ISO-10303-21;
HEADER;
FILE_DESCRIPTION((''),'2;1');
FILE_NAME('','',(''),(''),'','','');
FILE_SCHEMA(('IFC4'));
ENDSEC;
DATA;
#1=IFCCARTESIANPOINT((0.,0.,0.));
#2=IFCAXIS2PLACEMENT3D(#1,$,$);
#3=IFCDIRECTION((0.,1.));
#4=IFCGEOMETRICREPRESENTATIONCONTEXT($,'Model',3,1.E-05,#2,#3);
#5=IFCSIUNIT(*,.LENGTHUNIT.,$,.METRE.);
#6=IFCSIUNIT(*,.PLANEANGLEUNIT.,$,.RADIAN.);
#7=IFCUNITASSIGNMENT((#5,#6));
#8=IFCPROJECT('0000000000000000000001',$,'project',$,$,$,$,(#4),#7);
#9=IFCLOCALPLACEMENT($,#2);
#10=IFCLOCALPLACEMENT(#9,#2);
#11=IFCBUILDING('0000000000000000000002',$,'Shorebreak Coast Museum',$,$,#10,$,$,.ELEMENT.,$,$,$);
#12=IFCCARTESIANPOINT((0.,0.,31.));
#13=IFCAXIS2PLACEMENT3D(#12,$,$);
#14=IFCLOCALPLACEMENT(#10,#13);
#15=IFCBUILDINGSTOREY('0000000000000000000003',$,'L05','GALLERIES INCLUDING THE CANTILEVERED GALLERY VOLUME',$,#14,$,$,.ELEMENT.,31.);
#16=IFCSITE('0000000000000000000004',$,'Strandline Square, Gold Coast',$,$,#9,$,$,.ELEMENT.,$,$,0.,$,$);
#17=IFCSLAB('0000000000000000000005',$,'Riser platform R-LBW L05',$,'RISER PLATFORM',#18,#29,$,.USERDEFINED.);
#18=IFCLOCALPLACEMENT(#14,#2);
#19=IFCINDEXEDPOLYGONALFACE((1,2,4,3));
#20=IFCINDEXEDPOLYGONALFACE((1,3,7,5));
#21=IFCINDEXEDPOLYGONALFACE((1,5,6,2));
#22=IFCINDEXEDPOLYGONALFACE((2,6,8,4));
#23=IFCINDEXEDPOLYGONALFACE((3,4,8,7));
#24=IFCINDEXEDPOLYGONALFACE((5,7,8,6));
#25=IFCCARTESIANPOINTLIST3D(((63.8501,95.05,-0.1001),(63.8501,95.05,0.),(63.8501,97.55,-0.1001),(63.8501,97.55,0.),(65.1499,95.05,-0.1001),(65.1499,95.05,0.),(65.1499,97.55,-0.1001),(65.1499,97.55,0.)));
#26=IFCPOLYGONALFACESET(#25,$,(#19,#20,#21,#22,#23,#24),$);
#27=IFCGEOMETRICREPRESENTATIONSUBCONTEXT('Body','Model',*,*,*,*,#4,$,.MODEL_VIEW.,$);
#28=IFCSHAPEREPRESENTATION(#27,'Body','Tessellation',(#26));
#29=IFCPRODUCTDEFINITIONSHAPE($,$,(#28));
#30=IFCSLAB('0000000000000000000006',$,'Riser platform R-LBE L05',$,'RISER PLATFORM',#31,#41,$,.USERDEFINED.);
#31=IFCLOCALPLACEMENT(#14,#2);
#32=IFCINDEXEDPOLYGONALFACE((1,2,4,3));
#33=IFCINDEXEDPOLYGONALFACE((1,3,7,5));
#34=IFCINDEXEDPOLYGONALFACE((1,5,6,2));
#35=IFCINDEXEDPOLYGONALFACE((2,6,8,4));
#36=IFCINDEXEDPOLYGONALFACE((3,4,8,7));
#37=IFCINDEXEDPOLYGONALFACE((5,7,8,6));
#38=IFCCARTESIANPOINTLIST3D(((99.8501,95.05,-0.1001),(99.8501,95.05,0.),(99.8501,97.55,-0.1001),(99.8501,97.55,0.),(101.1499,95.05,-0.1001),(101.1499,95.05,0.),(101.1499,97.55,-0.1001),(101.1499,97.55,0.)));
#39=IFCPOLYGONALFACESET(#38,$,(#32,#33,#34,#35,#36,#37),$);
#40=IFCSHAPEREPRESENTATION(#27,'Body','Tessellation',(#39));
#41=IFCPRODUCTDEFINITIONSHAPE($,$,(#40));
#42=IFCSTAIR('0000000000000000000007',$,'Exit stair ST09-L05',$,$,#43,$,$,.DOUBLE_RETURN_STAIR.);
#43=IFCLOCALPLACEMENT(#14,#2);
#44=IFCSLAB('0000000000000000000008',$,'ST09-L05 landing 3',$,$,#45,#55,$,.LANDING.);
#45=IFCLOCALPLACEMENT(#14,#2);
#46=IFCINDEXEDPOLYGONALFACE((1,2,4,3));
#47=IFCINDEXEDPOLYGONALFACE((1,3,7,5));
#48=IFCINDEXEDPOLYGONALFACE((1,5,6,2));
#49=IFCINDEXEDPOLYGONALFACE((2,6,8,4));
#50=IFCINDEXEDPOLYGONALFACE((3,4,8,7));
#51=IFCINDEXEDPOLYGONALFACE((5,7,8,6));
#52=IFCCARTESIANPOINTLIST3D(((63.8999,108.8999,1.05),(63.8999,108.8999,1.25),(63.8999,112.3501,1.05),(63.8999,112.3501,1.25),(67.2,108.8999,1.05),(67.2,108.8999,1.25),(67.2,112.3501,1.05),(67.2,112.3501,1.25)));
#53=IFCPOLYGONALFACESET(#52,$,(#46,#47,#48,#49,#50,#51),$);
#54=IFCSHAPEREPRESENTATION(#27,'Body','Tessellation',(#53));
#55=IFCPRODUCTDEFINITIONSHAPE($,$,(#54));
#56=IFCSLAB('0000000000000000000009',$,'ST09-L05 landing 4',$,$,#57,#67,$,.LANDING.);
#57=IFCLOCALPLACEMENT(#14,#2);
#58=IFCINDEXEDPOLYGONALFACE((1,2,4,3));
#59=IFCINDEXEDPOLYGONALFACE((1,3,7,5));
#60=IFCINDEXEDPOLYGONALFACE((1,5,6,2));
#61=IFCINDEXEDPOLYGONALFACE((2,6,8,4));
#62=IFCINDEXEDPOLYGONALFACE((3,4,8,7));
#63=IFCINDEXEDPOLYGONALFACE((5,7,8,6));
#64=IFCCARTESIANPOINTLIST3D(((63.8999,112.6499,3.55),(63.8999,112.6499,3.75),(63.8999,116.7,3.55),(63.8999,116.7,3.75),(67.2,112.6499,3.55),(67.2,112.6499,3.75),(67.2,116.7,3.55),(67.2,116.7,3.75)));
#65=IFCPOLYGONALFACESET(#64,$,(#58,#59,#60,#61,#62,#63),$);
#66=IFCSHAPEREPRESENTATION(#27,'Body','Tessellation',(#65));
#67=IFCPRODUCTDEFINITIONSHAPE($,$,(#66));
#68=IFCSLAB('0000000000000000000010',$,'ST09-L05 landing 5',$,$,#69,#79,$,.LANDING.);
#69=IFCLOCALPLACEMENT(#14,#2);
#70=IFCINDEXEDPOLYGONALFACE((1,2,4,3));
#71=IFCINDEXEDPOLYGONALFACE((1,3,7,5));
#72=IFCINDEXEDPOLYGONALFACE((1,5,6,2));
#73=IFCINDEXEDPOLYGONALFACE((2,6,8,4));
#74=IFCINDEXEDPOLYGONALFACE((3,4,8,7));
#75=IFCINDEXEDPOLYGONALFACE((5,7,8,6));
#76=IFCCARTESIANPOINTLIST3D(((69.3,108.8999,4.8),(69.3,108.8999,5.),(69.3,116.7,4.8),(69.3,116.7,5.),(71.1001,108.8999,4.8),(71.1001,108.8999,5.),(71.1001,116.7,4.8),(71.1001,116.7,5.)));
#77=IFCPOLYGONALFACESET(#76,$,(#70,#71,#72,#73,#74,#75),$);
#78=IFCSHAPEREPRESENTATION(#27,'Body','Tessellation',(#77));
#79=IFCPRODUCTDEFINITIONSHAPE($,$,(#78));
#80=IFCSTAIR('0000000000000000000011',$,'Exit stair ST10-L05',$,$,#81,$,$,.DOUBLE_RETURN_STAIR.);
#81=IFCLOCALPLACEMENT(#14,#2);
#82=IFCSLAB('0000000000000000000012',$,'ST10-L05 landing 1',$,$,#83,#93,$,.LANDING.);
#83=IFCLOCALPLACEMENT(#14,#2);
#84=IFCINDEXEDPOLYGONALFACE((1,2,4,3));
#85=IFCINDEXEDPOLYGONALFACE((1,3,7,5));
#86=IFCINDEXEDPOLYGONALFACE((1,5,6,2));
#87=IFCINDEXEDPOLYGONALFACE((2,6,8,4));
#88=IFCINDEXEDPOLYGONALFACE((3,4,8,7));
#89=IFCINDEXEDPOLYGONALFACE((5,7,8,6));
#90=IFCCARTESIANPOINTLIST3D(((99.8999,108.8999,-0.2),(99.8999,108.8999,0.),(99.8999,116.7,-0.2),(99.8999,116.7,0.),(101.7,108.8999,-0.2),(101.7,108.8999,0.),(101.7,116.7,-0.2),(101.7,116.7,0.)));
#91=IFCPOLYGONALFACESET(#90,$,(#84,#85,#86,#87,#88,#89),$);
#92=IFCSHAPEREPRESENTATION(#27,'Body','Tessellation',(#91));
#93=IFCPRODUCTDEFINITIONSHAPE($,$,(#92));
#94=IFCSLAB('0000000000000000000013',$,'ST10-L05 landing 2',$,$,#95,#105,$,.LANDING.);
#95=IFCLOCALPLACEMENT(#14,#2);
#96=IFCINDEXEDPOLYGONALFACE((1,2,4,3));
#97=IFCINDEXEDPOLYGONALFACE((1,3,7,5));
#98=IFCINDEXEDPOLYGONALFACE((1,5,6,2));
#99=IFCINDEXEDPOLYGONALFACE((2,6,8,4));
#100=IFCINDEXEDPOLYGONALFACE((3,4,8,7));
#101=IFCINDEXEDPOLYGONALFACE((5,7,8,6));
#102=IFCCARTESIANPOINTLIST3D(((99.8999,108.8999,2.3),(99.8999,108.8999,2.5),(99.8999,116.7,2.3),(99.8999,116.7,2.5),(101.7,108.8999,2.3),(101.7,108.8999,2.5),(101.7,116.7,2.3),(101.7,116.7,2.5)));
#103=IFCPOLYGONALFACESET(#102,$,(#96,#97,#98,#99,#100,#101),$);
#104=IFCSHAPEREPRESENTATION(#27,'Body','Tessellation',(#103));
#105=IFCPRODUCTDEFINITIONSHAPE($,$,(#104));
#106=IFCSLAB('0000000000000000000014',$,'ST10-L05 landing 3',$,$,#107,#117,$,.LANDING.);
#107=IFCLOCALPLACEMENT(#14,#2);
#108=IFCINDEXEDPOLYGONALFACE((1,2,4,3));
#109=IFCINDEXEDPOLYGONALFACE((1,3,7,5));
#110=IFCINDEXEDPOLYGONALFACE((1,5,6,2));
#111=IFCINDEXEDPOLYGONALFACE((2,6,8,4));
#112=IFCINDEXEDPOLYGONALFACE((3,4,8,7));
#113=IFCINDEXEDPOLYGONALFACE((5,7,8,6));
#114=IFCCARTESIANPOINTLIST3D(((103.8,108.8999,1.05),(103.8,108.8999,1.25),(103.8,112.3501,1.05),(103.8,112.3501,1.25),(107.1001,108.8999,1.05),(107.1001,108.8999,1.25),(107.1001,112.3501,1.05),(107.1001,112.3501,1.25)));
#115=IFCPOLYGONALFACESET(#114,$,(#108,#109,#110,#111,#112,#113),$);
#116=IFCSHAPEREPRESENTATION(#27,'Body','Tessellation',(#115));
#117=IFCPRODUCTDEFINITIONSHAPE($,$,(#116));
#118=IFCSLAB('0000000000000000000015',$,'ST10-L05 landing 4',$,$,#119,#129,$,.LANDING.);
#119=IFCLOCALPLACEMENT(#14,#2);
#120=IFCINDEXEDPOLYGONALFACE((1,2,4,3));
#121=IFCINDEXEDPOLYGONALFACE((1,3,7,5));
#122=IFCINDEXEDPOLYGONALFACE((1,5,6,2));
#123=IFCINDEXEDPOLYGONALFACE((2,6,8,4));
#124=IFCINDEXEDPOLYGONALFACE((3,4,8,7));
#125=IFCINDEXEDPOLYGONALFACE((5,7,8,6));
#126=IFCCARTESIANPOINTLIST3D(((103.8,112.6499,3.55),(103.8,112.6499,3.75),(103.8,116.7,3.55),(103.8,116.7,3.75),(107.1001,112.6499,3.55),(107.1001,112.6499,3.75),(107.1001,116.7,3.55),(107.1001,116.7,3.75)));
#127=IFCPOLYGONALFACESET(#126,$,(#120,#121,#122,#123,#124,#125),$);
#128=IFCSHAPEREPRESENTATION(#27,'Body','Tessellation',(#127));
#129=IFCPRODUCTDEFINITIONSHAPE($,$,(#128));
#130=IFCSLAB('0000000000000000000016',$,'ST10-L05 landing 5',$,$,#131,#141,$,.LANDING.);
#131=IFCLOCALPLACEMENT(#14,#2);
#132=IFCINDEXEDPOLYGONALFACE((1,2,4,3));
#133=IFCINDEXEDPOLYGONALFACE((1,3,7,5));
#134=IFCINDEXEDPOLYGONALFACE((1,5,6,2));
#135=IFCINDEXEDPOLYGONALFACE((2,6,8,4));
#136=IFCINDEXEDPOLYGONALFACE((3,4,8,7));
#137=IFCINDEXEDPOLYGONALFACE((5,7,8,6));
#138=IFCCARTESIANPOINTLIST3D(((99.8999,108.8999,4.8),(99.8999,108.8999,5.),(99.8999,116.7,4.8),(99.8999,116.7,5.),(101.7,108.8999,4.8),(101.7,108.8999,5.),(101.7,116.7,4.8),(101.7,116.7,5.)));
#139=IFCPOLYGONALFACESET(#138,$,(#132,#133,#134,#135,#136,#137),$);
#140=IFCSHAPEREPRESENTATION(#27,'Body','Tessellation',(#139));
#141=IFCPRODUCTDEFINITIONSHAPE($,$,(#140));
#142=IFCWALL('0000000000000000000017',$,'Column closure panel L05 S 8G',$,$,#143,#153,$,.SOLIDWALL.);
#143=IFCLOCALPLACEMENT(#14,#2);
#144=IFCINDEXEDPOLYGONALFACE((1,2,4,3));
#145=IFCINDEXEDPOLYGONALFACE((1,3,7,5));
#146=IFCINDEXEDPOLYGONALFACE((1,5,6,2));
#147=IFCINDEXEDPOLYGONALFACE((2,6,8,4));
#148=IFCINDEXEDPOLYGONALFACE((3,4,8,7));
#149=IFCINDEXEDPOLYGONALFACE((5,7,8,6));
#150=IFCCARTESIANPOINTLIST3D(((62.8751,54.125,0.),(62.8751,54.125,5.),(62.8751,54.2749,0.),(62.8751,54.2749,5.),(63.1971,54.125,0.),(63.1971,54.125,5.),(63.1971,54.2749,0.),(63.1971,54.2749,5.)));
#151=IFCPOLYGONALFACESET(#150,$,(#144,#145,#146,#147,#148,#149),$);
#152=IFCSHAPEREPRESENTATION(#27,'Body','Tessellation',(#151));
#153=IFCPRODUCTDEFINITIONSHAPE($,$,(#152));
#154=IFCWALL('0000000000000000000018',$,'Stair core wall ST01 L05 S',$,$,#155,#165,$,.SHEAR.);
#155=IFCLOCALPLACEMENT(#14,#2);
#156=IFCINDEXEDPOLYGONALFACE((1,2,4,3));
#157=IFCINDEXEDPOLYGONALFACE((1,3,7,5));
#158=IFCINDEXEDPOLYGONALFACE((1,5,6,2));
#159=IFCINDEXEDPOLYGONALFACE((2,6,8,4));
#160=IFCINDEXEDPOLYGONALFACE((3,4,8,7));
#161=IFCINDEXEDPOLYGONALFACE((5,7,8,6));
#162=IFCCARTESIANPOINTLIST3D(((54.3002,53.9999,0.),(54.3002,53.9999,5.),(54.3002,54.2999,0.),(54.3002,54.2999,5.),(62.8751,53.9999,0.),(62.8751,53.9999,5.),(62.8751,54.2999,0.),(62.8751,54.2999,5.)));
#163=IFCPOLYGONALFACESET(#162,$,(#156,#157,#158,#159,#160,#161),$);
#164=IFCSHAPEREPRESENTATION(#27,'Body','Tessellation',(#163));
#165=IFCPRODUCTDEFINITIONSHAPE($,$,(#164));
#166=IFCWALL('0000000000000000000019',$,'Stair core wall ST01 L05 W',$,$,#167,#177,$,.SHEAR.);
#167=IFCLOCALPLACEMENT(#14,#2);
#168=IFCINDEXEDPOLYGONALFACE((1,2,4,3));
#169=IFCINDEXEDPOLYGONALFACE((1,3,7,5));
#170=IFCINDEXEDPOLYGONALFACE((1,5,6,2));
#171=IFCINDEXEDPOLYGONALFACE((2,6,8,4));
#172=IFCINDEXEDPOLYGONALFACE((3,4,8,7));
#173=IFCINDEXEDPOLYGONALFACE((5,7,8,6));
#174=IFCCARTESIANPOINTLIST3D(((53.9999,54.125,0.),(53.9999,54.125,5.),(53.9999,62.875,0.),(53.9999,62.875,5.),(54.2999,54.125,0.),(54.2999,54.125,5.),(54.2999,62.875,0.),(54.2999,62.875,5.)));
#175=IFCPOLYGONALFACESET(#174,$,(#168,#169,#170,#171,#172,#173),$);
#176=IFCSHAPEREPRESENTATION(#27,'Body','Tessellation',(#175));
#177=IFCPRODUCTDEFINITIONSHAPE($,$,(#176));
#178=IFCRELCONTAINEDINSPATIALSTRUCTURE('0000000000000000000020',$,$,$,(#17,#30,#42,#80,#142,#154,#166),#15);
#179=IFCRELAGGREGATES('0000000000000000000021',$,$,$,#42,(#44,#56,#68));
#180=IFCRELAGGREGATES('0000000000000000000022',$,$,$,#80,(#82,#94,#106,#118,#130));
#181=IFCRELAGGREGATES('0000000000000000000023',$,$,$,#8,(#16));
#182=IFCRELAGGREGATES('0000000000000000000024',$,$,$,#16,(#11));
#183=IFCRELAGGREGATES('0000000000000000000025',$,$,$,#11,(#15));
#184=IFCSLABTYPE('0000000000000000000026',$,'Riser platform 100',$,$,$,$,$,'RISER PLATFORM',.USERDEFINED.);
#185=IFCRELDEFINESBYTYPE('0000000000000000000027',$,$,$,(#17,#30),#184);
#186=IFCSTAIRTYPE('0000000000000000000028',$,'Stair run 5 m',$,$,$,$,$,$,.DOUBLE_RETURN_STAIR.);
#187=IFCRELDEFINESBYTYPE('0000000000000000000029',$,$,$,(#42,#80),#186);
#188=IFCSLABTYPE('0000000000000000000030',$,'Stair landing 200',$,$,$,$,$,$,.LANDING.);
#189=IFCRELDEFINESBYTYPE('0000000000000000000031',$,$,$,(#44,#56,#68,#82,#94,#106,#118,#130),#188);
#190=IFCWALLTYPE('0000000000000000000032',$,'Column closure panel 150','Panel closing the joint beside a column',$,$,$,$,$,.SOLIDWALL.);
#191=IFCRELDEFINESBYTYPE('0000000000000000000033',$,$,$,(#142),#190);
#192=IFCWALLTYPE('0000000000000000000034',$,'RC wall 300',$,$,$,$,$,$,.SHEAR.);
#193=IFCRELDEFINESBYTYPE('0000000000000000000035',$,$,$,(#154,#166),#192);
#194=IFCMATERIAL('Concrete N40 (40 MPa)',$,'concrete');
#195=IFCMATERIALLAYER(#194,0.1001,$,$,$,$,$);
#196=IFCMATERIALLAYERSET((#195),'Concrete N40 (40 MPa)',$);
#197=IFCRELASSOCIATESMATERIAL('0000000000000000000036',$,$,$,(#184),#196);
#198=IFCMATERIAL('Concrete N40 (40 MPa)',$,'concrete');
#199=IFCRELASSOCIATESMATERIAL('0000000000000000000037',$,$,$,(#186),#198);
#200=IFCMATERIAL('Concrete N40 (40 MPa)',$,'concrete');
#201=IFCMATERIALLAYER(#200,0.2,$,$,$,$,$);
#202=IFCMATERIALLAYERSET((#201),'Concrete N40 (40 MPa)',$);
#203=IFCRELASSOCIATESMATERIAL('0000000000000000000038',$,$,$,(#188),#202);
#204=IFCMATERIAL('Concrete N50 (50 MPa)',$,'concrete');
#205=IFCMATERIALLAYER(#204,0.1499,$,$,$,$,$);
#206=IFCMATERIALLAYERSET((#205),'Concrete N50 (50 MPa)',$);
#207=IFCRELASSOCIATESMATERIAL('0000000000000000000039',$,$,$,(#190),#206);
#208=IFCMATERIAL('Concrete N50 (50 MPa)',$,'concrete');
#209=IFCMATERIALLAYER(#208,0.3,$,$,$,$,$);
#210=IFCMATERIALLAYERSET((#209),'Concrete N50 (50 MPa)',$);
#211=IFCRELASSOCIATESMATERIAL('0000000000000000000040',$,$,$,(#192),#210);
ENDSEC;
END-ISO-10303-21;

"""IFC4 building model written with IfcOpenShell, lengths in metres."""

from ifc_helpers import new_model, si_unit, direction, frame, frame_2d, origin, place, context, subcontext, project, spatial, polyline, rectangle, outline, extrude, material, layer, layer_set, type_object, element, aggregate, save


model = new_model("IFC4")

# Units and contexts
model_context = context("Model", 3, precision=1e-05, world=origin(), true_north=direction((0.0, 1.0)))
body_context = subcontext(model_context, "Body", "Model", "MODEL_VIEW")
ifc_project = project(units=[si_unit("LENGTHUNIT", "METRE"), si_unit("PLANEANGLEUNIT", "RADIAN")], contexts=[model_context])

# Site, building, storey
site_placement = place(None, origin())
site = spatial("IfcSite", under=ifc_project, at=site_placement, Name="Strandline Square, Gold Coast", CompositionType="ELEMENT", RefElevation=0.0)
building_placement = place(site_placement, origin())
building = spatial("IfcBuilding", under=site, at=building_placement, Name="Shorebreak Coast Museum", CompositionType="ELEMENT")
storey_placement = place(building_placement, frame((0.0, 0.0, 31.0)))
storey = spatial("IfcBuildingStorey", under=building, at=storey_placement, Name="L05", Description="GALLERIES INCLUDING THE CANTILEVERED GALLERY VOLUME", CompositionType="ELEMENT", Elevation=31.0)

# Slabs
ifc_material_1 = material(Name="Concrete N40 (40 MPa)", Category="concrete")
ifc_layer_1 = layer(ifc_material_1, 0.1001)
ifc_layer_set_1 = layer_set([ifc_layer_1], Name="Concrete N40 (40 MPa)")
slab_type_1 = type_object("IfcSlabType", Name="Riser platform 100", ElementType="RISER PLATFORM", PredefinedType="USERDEFINED", material=ifc_layer_set_1)
slab_1_placement = place(storey_placement, frame((0.0, 0.0, -0.1001)))
element("IfcSlab", 1, at=slab_1_placement, inside=storey, type_object=slab_type_1, Name="Riser platform R-LBW L05", ObjectType="RISER PLATFORM", PredefinedType="USERDEFINED", context=body_context, shape_type="SweptSolid", body=[
    extrude(outline(polyline([(63.8501, 95.05), (65.1499, 95.05), (65.1499, 97.55), (63.8501, 97.55), (63.8501, 95.05)])), origin(), (0.0, 0.0, 1.0), 0.1001),
])
slab_2_placement = place(storey_placement, frame((0.0, 0.0, -0.1001)))
element("IfcSlab", 2, at=slab_2_placement, inside=storey, type_object=slab_type_1, Name="Riser platform R-LBE L05", ObjectType="RISER PLATFORM", PredefinedType="USERDEFINED", context=body_context, shape_type="SweptSolid", body=[
    extrude(outline(polyline([(99.8501, 95.05), (101.1499, 95.05), (101.1499, 97.55), (99.8501, 97.55), (99.8501, 95.05)])), origin(), (0.0, 0.0, 1.0), 0.1001),
])

# Stairs, slabs
ifc_material_2 = material(Name="Concrete N40 (40 MPa)", Category="concrete")
stair_type = type_object("IfcStairType", Name="Stair run 5 m", PredefinedType="DOUBLE_RETURN_STAIR", material=ifc_material_2)
stair_1_placement = place(storey_placement, origin())
stair_1 = element("IfcStair", 3, at=stair_1_placement, inside=storey, type_object=stair_type, Name="Exit stair ST09-L05", PredefinedType="DOUBLE_RETURN_STAIR")
ifc_material_3 = material(Name="Concrete N40 (40 MPa)", Category="concrete")
ifc_layer_2 = layer(ifc_material_3, 0.2)
ifc_layer_set_2 = layer_set([ifc_layer_2], Name="Concrete N40 (40 MPa)")
slab_type_2 = type_object("IfcSlabType", Name="Stair landing 200", PredefinedType="LANDING", material=ifc_layer_set_2)
slab_3_placement = place(storey_placement, frame((0.0, 0.0, 1.05)))
slab_3 = element("IfcSlab", 4, at=slab_3_placement, type_object=slab_type_2, Name="ST09-L05 landing 3", PredefinedType="LANDING", context=body_context, shape_type="SweptSolid", body=[
    extrude(outline(polyline([(63.8999, 108.8999), (67.2, 108.8999), (67.2, 112.3501), (63.8999, 112.3501), (63.8999, 108.8999)])), origin(), (0.0, 0.0, 1.0), 0.2),
])
slab_4_placement = place(storey_placement, frame((0.0, 0.0, 3.55)))
slab_4 = element("IfcSlab", 5, at=slab_4_placement, type_object=slab_type_2, Name="ST09-L05 landing 4", PredefinedType="LANDING", context=body_context, shape_type="SweptSolid", body=[
    extrude(outline(polyline([(63.8999, 112.6499), (67.2, 112.6499), (67.2, 116.7), (63.8999, 116.7), (63.8999, 112.6499)])), origin(), (0.0, 0.0, 1.0), 0.2),
])
slab_5_placement = place(storey_placement, frame((0.0, 0.0, 4.8)))
slab_5 = element("IfcSlab", 6, at=slab_5_placement, type_object=slab_type_2, Name="ST09-L05 landing 5", PredefinedType="LANDING", context=body_context, shape_type="SweptSolid", body=[
    extrude(outline(polyline([(69.3, 108.8999), (71.1001, 108.8999), (71.1001, 116.7), (69.3, 116.7), (69.3, 108.8999)])), origin(), (0.0, 0.0, 1.0), 0.2),
])
aggregate(stair_1, [slab_3, slab_4, slab_5])
stair_2_placement = place(storey_placement, origin())
stair_2 = element("IfcStair", 7, at=stair_2_placement, inside=storey, type_object=stair_type, Name="Exit stair ST10-L05", PredefinedType="DOUBLE_RETURN_STAIR")
slab_6_placement = place(storey_placement, frame((0.0, 0.0, -0.2)))
slab_6 = element("IfcSlab", 8, at=slab_6_placement, type_object=slab_type_2, Name="ST10-L05 landing 1", PredefinedType="LANDING", context=body_context, shape_type="SweptSolid", body=[
    extrude(outline(polyline([(99.8999, 108.8999), (101.7, 108.8999), (101.7, 116.7), (99.8999, 116.7), (99.8999, 108.8999)])), origin(), (0.0, 0.0, 1.0), 0.2),
])
slab_7_placement = place(storey_placement, frame((0.0, 0.0, 2.3)))
slab_7 = element("IfcSlab", 9, at=slab_7_placement, type_object=slab_type_2, Name="ST10-L05 landing 2", PredefinedType="LANDING", context=body_context, shape_type="SweptSolid", body=[
    extrude(outline(polyline([(99.8999, 108.8999), (101.7, 108.8999), (101.7, 116.7), (99.8999, 116.7), (99.8999, 108.8999)])), origin(), (0.0, 0.0, 1.0), 0.2),
])
slab_8_placement = place(storey_placement, frame((0.0, 0.0, 1.05)))
slab_8 = element("IfcSlab", 10, at=slab_8_placement, type_object=slab_type_2, Name="ST10-L05 landing 3", PredefinedType="LANDING", context=body_context, shape_type="SweptSolid", body=[
    extrude(outline(polyline([(103.8, 108.8999), (107.1001, 108.8999), (107.1001, 112.3501), (103.8, 112.3501), (103.8, 108.8999)])), origin(), (0.0, 0.0, 1.0), 0.2),
])
slab_9_placement = place(storey_placement, frame((0.0, 0.0, 3.55)))
slab_9 = element("IfcSlab", 11, at=slab_9_placement, type_object=slab_type_2, Name="ST10-L05 landing 4", PredefinedType="LANDING", context=body_context, shape_type="SweptSolid", body=[
    extrude(outline(polyline([(103.8, 112.6499), (107.1001, 112.6499), (107.1001, 116.7), (103.8, 116.7), (103.8, 112.6499)])), origin(), (0.0, 0.0, 1.0), 0.2),
])
slab_10_placement = place(storey_placement, frame((0.0, 0.0, 4.8)))
slab_10 = element("IfcSlab", 12, at=slab_10_placement, type_object=slab_type_2, Name="ST10-L05 landing 5", PredefinedType="LANDING", context=body_context, shape_type="SweptSolid", body=[
    extrude(outline(polyline([(99.8999, 108.8999), (101.7, 108.8999), (101.7, 116.7), (99.8999, 116.7), (99.8999, 108.8999)])), origin(), (0.0, 0.0, 1.0), 0.2),
])
aggregate(stair_2, [slab_6, slab_7, slab_8, slab_9, slab_10])

# Walls
ifc_material_4 = material(Name="Concrete N50 (50 MPa)", Category="concrete")
ifc_layer_3 = layer(ifc_material_4, 0.1499)
ifc_layer_set_3 = layer_set([ifc_layer_3], Name="Concrete N50 (50 MPa)")
wall_type_1 = type_object("IfcWallType", Name="Column closure panel 150", Description="Panel closing the joint beside a column", PredefinedType="SOLIDWALL", material=ifc_layer_set_3)
wall_1_placement = place(storey_placement, frame((62.875, 54.2, 0.0), z_axis=(0.0, 0.0, 1.0), x_axis=(1.0, 0.0, 0.0)))
element("IfcWall", 13, at=wall_1_placement, inside=storey, type_object=wall_type_1, Name="Column closure panel L05 S 8G", PredefinedType="SOLIDWALL", context=body_context, shape_type="SweptSolid", body=[
    extrude(rectangle(XDim=0.322, YDim=0.1499, at=frame_2d((0.1611, 0.0))), origin(), (0.0, 0.0, 1.0), 5.0),
])
ifc_material_5 = material(Name="Concrete N50 (50 MPa)", Category="concrete")
ifc_layer_4 = layer(ifc_material_5, 0.3)
ifc_layer_set_4 = layer_set([ifc_layer_4], Name="Concrete N50 (50 MPa)")
wall_type_2 = type_object("IfcWallType", Name="RC wall 300", PredefinedType="SHEAR", material=ifc_layer_set_4)
wall_2_placement = place(storey_placement, frame((54.3, 54.1499, 0.0), z_axis=(0.0, 0.0, 1.0), x_axis=(1.0, 0.0, 0.0)))
element("IfcWall", 14, at=wall_2_placement, inside=storey, type_object=wall_type_2, Name="Stair core wall ST01 L05 S", PredefinedType="SHEAR", context=body_context, shape_type="SweptSolid", body=[
    extrude(rectangle(XDim=8.575, YDim=0.3, at=frame_2d((4.2876, 0.0))), origin(), (0.0, 0.0, 1.0), 5.0),
])
wall_3_placement = place(storey_placement, frame((54.1499, 54.125, 0.0), z_axis=(0.0, 0.0, 1.0), x_axis=(0.0, 1.0, 0.0)))
element("IfcWall", 15, at=wall_3_placement, inside=storey, type_object=wall_type_2, Name="Stair core wall ST01 L05 W", PredefinedType="SHEAR", context=body_context, shape_type="SweptSolid", body=[
    extrude(rectangle(XDim=8.75, YDim=0.3, at=frame_2d((4.375, 0.0))), origin(), (0.0, 0.0, 1.0), 5.0),
])

save(model, "model.ifc")
